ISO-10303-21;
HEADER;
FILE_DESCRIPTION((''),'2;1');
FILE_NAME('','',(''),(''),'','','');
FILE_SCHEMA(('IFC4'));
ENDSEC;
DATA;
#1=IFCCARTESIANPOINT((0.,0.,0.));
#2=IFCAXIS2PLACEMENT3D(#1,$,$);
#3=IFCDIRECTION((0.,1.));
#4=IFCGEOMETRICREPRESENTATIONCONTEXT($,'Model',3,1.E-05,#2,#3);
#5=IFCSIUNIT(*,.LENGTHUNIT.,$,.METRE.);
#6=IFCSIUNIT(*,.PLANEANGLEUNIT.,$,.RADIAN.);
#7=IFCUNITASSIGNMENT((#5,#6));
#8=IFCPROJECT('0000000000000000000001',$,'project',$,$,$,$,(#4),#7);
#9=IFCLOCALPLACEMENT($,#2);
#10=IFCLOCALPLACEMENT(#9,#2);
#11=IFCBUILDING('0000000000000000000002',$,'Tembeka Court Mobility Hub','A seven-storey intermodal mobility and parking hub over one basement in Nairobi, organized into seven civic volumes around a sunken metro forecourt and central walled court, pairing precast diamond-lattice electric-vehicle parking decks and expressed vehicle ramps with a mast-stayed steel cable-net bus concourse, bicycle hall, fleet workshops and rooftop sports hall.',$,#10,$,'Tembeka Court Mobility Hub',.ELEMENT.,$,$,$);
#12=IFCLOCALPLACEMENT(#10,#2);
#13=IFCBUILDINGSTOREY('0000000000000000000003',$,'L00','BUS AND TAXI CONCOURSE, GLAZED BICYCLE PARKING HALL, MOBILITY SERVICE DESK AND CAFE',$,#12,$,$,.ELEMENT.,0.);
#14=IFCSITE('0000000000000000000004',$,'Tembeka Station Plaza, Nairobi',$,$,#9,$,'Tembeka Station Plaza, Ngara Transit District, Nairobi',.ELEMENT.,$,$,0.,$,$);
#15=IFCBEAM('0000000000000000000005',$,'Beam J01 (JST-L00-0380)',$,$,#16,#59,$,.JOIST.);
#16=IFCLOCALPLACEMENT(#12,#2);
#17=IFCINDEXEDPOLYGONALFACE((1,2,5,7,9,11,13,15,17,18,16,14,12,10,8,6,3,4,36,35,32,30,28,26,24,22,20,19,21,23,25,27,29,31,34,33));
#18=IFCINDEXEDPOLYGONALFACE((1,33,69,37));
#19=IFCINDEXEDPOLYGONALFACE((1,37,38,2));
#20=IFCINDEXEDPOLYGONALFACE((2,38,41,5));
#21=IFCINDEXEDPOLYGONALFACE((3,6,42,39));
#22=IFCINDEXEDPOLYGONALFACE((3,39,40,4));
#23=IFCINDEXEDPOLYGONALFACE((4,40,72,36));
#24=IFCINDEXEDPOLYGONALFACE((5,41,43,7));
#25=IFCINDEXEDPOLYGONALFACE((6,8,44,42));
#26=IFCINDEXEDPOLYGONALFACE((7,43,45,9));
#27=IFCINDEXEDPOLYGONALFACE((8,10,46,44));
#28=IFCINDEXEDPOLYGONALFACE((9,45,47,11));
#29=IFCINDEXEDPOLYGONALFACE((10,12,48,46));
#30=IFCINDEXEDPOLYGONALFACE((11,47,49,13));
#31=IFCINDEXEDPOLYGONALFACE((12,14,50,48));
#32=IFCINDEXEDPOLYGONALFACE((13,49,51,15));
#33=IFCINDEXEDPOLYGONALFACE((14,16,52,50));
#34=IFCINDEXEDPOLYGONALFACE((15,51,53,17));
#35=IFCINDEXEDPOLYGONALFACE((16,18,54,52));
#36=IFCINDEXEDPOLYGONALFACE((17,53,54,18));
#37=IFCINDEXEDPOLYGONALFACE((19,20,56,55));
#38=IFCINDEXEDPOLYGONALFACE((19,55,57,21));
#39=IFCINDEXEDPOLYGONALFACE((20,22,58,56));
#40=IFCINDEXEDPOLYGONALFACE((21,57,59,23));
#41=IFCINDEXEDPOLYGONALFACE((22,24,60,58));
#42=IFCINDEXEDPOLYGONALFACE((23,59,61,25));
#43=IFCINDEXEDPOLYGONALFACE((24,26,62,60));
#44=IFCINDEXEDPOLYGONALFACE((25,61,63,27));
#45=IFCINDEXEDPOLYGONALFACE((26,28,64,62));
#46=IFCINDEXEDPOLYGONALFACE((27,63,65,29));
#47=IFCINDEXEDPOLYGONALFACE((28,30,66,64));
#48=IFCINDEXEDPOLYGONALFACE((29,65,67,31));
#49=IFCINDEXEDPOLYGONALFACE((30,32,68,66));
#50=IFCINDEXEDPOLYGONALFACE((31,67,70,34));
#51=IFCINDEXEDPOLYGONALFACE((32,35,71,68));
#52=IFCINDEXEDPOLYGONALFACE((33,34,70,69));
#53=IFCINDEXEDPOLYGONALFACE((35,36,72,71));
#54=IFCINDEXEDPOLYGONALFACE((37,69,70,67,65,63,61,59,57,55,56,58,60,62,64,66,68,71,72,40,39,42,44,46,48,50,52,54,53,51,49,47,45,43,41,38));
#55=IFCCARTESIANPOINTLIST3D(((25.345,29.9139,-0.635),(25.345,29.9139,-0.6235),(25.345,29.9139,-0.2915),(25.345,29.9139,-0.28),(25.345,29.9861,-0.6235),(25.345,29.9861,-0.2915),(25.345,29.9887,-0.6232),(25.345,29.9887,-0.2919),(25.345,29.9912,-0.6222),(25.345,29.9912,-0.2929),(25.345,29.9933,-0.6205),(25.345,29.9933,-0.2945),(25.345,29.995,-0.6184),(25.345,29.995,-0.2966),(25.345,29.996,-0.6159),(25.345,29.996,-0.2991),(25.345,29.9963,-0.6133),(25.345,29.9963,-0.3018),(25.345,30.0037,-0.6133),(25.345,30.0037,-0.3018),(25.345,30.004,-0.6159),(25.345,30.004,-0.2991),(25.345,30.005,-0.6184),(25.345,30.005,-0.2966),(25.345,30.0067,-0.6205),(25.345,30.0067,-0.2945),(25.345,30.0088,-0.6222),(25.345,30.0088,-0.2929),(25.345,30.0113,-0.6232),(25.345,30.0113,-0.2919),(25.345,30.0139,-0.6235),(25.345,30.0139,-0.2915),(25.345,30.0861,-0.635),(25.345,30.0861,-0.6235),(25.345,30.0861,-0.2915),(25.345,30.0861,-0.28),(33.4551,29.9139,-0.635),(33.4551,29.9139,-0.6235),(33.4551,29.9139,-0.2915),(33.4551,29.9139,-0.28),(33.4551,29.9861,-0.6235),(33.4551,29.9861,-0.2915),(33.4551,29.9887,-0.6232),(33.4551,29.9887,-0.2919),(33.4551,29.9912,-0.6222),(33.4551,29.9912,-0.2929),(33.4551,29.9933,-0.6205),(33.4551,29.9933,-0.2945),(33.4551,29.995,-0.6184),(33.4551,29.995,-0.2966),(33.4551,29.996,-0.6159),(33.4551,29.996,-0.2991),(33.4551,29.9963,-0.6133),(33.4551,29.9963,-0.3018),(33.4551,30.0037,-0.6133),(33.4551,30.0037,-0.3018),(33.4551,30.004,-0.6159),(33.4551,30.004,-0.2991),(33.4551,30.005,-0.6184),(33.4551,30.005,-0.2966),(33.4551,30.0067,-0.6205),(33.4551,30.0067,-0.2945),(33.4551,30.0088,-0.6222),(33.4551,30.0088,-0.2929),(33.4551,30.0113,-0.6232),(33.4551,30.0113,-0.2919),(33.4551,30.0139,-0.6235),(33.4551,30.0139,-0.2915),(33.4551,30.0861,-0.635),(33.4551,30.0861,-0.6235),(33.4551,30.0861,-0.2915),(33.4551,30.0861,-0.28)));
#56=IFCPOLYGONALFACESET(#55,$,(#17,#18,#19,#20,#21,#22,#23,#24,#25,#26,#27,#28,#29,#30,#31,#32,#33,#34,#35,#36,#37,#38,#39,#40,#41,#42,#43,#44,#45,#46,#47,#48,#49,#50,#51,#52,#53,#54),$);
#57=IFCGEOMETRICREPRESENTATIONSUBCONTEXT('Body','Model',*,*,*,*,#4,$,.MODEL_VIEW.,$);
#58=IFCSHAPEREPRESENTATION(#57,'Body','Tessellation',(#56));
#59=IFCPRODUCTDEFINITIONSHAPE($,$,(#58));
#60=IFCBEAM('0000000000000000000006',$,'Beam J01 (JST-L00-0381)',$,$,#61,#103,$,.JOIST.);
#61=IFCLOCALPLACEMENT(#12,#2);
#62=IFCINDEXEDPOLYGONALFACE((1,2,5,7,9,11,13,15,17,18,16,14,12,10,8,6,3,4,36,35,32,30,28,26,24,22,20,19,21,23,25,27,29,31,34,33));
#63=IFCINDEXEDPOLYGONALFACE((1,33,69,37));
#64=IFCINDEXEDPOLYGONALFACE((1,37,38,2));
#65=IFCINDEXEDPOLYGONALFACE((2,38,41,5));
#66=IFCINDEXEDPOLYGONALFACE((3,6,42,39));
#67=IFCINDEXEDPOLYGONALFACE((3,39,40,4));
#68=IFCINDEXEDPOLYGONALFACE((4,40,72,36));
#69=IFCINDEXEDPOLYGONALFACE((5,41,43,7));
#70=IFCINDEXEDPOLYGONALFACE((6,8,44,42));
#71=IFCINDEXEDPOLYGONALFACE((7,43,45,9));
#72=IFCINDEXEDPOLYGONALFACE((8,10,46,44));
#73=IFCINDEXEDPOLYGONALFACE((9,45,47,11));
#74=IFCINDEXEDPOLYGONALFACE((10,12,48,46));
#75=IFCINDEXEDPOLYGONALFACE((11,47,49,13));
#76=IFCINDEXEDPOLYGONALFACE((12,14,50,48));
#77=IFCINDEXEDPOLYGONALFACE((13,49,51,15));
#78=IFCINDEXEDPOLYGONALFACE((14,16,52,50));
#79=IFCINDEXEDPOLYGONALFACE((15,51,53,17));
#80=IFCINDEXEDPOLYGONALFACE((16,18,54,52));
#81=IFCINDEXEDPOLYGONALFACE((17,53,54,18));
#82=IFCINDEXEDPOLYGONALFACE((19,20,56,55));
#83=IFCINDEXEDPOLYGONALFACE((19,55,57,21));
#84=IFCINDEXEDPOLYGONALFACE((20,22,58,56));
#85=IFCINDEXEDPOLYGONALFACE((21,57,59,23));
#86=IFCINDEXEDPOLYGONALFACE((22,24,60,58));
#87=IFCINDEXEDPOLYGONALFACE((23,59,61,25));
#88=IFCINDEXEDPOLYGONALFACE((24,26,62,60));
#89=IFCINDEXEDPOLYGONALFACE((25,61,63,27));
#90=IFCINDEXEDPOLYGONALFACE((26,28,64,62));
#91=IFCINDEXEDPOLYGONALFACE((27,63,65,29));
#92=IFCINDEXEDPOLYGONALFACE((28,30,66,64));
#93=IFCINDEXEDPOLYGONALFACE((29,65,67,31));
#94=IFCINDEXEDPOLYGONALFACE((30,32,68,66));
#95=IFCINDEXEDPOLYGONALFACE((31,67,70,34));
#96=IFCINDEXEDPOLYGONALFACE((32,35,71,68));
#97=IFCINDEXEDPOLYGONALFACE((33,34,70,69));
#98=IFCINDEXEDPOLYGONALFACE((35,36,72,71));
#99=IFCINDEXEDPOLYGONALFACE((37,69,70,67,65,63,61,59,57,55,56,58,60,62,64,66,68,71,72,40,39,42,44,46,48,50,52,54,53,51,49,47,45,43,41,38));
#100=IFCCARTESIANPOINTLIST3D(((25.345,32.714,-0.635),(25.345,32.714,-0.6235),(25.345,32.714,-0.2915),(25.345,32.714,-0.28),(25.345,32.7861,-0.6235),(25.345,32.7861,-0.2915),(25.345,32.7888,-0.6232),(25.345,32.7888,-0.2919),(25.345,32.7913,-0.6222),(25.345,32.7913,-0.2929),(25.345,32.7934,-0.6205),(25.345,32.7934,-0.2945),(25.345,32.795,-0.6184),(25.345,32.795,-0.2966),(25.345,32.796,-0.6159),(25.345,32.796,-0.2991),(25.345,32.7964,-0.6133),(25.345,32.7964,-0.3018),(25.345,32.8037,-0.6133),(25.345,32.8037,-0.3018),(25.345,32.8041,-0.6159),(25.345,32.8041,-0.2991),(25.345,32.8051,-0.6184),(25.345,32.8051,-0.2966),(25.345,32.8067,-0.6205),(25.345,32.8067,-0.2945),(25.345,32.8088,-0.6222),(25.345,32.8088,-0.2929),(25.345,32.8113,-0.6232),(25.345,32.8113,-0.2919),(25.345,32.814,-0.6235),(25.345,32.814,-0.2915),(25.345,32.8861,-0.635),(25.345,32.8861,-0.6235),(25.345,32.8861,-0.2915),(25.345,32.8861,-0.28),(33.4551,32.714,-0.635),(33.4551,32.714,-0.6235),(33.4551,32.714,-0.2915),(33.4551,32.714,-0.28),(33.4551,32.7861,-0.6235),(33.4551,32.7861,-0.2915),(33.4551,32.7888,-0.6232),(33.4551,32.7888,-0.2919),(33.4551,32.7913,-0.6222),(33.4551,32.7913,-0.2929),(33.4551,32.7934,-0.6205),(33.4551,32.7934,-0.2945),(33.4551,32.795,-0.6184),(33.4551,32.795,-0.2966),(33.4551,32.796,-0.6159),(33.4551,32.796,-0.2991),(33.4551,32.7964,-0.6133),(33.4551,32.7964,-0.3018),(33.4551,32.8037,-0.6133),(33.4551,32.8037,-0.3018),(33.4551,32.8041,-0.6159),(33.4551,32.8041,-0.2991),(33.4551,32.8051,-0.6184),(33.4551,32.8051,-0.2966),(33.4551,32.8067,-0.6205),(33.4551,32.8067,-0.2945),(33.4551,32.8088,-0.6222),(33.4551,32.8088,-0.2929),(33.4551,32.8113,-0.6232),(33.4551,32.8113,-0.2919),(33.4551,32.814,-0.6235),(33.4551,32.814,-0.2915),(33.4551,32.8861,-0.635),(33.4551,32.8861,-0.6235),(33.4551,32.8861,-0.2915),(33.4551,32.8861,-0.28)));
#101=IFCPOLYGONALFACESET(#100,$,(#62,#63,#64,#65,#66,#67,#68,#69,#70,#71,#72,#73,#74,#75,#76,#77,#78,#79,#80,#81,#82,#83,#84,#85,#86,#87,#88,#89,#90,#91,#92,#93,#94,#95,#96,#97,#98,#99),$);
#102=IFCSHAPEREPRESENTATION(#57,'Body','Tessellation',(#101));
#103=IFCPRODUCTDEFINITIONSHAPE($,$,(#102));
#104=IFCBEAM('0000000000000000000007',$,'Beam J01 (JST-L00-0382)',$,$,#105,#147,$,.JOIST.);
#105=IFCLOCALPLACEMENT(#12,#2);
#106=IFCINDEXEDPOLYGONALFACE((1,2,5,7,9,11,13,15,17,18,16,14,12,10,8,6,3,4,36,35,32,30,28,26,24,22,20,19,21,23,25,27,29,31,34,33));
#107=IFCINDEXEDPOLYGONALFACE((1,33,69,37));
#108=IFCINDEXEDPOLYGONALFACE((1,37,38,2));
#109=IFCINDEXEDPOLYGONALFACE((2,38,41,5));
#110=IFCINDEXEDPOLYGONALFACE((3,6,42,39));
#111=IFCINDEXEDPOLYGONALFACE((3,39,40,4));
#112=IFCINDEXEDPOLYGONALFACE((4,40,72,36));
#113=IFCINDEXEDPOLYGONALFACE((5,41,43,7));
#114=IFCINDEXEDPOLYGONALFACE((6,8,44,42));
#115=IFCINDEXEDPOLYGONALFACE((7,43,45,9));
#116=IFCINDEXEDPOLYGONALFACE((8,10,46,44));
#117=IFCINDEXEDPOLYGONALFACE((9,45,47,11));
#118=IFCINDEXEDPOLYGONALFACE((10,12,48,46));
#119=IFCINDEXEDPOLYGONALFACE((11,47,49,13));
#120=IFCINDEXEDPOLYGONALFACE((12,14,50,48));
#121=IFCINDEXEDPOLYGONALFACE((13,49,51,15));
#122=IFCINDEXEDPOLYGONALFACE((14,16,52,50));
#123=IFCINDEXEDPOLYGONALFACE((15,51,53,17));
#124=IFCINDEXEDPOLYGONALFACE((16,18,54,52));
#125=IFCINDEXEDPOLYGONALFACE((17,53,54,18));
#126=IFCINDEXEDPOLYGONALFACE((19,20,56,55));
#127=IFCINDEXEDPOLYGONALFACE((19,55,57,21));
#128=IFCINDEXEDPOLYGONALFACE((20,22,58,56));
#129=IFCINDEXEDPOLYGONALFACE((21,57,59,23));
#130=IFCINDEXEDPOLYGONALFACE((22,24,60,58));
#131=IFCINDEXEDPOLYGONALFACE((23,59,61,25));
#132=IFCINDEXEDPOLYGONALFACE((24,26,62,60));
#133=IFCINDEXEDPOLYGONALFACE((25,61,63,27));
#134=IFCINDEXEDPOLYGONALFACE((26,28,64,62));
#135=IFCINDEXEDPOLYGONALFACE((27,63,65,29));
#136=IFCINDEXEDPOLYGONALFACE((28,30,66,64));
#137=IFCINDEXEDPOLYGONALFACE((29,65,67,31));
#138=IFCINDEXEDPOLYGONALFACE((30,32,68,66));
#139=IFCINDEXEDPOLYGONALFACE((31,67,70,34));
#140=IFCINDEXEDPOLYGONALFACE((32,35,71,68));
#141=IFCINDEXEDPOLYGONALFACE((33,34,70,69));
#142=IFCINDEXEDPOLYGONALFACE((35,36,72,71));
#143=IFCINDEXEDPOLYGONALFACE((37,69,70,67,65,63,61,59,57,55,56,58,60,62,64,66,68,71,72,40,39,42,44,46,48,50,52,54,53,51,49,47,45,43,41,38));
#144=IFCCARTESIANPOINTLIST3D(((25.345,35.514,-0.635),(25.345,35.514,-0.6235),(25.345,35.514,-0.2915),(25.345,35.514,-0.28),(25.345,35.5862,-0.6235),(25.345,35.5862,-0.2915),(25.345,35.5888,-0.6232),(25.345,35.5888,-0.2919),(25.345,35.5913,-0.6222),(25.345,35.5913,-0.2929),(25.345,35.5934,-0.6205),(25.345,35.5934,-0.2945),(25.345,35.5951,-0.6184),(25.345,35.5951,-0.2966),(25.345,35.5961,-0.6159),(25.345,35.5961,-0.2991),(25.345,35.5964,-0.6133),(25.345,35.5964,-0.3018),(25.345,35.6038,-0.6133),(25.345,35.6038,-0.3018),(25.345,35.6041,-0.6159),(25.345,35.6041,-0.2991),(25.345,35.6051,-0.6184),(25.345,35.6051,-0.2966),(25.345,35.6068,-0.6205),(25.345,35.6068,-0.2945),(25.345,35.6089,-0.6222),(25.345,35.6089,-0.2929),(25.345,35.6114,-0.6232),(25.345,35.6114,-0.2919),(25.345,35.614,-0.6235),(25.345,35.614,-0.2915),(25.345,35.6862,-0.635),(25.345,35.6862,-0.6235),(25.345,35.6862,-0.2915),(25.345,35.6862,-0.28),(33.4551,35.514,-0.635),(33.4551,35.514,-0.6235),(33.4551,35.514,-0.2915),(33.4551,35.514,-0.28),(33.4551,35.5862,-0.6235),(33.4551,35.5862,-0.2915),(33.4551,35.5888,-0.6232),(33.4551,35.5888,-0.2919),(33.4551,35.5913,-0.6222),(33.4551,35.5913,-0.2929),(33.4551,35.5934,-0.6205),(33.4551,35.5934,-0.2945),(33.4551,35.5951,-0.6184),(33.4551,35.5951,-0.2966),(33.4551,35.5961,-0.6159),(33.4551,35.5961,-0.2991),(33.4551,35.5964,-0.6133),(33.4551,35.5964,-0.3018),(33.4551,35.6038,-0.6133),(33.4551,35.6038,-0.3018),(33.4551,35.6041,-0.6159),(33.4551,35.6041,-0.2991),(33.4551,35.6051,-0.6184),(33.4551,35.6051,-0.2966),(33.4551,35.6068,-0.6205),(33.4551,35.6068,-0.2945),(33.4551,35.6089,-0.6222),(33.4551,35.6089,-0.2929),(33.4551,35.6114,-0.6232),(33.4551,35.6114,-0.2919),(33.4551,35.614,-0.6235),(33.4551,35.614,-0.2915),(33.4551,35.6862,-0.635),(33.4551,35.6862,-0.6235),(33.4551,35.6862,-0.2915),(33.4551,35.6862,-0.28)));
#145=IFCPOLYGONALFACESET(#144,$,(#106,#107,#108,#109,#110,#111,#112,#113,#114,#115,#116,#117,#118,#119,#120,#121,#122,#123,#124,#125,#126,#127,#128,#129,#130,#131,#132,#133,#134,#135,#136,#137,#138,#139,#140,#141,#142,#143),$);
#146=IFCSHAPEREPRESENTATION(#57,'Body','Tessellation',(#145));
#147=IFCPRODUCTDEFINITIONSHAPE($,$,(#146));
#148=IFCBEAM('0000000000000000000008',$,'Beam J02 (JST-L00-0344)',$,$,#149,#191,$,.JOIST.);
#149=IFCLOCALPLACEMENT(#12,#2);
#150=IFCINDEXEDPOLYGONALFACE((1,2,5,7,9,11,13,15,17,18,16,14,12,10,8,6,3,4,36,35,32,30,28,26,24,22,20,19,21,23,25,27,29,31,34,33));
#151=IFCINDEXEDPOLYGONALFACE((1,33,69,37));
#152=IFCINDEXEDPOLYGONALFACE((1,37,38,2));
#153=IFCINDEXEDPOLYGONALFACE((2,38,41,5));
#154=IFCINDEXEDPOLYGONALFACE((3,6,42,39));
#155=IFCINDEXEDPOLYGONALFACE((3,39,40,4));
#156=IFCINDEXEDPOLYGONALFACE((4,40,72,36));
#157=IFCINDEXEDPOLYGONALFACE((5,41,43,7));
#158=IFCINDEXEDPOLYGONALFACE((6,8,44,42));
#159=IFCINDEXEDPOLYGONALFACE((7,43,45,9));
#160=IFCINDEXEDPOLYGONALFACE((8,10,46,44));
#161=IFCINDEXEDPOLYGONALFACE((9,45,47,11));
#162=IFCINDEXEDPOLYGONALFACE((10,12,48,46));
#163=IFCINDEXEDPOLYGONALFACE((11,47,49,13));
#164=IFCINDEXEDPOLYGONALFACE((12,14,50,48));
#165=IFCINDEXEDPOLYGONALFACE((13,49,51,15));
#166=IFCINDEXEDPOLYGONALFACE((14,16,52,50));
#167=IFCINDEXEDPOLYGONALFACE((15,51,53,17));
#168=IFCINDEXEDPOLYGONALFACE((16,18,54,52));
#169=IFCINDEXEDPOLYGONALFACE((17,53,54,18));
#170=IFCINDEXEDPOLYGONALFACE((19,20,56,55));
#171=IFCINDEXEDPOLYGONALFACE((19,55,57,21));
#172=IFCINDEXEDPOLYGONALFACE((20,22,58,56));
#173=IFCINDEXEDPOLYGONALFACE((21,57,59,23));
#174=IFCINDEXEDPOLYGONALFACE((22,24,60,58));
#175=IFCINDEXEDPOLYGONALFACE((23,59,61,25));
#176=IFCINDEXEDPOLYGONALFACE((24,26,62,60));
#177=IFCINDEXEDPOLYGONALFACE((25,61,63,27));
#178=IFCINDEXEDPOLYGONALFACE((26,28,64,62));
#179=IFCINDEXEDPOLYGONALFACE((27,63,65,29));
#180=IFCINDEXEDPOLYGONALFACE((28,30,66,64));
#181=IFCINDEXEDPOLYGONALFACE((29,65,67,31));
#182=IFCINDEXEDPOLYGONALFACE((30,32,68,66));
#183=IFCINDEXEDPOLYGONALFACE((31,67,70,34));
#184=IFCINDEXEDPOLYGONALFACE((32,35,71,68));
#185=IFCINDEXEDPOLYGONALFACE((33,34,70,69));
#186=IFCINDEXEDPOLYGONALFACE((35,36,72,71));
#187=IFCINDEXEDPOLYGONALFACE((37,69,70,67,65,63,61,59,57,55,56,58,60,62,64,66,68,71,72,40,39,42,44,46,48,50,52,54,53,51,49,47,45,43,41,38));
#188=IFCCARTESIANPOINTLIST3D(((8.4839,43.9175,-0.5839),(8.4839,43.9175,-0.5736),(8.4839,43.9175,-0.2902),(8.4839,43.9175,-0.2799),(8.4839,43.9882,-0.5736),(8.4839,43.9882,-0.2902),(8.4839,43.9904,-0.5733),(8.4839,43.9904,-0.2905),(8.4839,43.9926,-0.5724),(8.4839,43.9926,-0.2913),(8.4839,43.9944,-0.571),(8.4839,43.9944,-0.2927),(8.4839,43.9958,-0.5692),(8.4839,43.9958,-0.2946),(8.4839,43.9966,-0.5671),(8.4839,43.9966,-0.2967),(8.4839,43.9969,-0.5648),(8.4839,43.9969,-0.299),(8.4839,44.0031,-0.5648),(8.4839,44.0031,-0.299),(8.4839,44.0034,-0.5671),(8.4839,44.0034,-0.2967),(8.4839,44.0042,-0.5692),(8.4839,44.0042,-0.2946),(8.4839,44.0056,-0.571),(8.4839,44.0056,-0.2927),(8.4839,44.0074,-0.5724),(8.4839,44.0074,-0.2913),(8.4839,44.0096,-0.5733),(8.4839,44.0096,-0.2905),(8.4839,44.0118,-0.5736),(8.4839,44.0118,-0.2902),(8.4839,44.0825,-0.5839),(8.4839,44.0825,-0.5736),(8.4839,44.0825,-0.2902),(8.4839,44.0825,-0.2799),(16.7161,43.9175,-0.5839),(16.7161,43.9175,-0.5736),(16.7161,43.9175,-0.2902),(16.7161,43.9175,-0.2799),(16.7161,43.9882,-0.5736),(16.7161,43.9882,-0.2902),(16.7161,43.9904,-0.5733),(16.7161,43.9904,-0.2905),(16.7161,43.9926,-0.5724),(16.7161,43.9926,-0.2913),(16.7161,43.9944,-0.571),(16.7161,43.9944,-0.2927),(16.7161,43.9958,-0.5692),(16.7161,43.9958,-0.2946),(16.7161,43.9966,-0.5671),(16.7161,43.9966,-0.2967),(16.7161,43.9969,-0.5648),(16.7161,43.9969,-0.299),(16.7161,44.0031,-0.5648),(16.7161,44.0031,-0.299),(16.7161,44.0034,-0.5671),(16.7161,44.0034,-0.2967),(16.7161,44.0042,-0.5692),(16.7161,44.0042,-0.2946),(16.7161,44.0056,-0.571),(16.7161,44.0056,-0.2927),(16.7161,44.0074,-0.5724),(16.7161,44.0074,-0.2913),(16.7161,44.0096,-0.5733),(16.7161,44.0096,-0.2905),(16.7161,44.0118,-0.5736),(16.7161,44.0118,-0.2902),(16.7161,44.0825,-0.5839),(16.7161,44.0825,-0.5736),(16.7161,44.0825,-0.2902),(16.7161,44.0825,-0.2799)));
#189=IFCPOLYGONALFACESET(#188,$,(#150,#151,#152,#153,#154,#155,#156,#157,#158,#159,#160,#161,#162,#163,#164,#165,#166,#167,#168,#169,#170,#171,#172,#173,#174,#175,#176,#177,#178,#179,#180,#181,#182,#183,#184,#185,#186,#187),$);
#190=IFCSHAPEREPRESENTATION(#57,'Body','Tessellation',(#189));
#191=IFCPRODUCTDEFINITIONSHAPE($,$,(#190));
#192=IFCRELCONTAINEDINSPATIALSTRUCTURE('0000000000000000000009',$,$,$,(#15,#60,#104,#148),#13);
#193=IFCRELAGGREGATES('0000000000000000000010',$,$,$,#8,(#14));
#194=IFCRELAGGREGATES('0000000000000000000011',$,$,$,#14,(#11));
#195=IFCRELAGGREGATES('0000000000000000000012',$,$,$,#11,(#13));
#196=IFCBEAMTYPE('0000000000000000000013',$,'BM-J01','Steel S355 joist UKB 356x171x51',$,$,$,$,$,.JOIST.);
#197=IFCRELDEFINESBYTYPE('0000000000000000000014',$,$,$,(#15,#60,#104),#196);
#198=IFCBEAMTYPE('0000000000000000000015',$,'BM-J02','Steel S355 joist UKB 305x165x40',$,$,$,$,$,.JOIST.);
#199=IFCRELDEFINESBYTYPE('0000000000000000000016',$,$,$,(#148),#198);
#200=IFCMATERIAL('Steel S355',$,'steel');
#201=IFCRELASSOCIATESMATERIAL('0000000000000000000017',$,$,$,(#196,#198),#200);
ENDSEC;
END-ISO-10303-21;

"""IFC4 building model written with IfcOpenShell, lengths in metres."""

from ifc_helpers import new_model, si_unit, direction, frame, origin, origin_2d, place, context, subcontext, project, spatial, i_section, extrude, material, material_profile, profile_set, type_object, element, save


model = new_model("IFC4")

# Units and contexts
model_context = context("Model", 3, precision=1e-05, world=origin(), true_north=direction((0.0, 1.0)))
body_context = subcontext(model_context, "Body", "Model", "MODEL_VIEW")
ifc_project = project(units=[si_unit("LENGTHUNIT", "METRE"), si_unit("PLANEANGLEUNIT", "RADIAN")], contexts=[model_context])

# Site, building, storey
site_placement = place(None, origin())
site = spatial("IfcSite", under=ifc_project, at=site_placement, Name="Tembeka Station Plaza, Nairobi", LongName="Tembeka Station Plaza, Ngara Transit District, Nairobi", CompositionType="ELEMENT", RefElevation=0.0)
building_placement = place(site_placement, origin())
building = spatial("IfcBuilding", under=site, at=building_placement, Name="Tembeka Court Mobility Hub", Description="A seven-storey intermodal mobility and parking hub over one basement in Nairobi, organized into seven civic volumes around a sunken metro forecourt and central walled court, pairing precast diamond-lattice electric-vehicle parking decks and expressed vehicle ramps with a mast-stayed steel cable-net bus concourse, bicycle hall, fleet workshops and rooftop sports hall.", LongName="Tembeka Court Mobility Hub", CompositionType="ELEMENT")
storey_placement = place(building_placement, origin())
storey = spatial("IfcBuildingStorey", under=building, at=storey_placement, Name="L00", Description="BUS AND TAXI CONCOURSE, GLAZED BICYCLE PARKING HALL, MOBILITY SERVICE DESK AND CAFE", CompositionType="ELEMENT", Elevation=0.0)

# Shared definitions
ifc_material_1 = material(Name="Steel S355", Category="steel")

# Beams
ifc_material_profile_1 = material_profile(ifc_material_1, i_section(OverallWidth=0.1721, OverallDepth=0.355, WebThickness=0.0073, FlangeThickness=0.0115, FilletRadius=0.0103, at=origin_2d()), Name="UKB 356x171x51")
ifc_profile_set_1 = profile_set([ifc_material_profile_1], Name="Steel S355")
beam_type_1 = type_object("IfcBeamType", Name="BM-J01", Description="Steel S355 joist UKB 356x171x51", PredefinedType="JOIST", material=ifc_profile_set_1)
for number, where, z_axis, x_axis, name in (
    (1, (25.345, 30.0, -0.4575), (1.0, 0.0, 0.0), (0.0, 1.0, 0.0), "Beam J01 (JST-L00-0380)"),
    (2, (25.345, 32.8, -0.4575), (1.0, 0.0, 0.0), (0.0, 1.0, 0.0), "Beam J01 (JST-L00-0381)"),
    (3, (25.345, 35.6001, -0.4575), (1.0, 0.0, 0.0), (0.0, 1.0, 0.0), "Beam J01 (JST-L00-0382)"),
):
    element("IfcBeam", number, at=place(storey_placement, frame(where, z_axis=z_axis, x_axis=x_axis)), inside=storey, type_object=beam_type_1, Name=name, PredefinedType="JOIST", context=body_context, shape_type="SweptSolid", body=[
        extrude(i_section(OverallWidth=0.1721, OverallDepth=0.355, WebThickness=0.0073, FlangeThickness=0.0115, FilletRadius=0.0103, at=origin_2d()), origin(), (0.0, 0.0, 1.0), 8.1101),
    ])
ifc_material_profile_2 = material_profile(ifc_material_1, i_section(OverallWidth=0.165, OverallDepth=0.304, WebThickness=0.0061, FlangeThickness=0.0103, FilletRadius=0.0088, at=origin_2d()), Name="UKB 305x165x40")
ifc_profile_set_2 = profile_set([ifc_material_profile_2], Name="Steel S355")
beam_type_2 = type_object("IfcBeamType", Name="BM-J02", Description="Steel S355 joist UKB 305x165x40", PredefinedType="JOIST", material=ifc_profile_set_2)
beam_1_placement = place(storey_placement, frame((8.4839, 44.0, -0.4319), z_axis=(1.0, 0.0, 0.0), x_axis=(0.0, 1.0, 0.0)))
element("IfcBeam", 4, at=beam_1_placement, inside=storey, type_object=beam_type_2, Name="Beam J02 (JST-L00-0344)", PredefinedType="JOIST", context=body_context, shape_type="SweptSolid", body=[
    extrude(i_section(OverallWidth=0.165, OverallDepth=0.304, WebThickness=0.0061, FlangeThickness=0.0103, FilletRadius=0.0088, at=origin_2d()), origin(), (0.0, 0.0, 1.0), 8.2322),
])

save(model, "model.ifc")
